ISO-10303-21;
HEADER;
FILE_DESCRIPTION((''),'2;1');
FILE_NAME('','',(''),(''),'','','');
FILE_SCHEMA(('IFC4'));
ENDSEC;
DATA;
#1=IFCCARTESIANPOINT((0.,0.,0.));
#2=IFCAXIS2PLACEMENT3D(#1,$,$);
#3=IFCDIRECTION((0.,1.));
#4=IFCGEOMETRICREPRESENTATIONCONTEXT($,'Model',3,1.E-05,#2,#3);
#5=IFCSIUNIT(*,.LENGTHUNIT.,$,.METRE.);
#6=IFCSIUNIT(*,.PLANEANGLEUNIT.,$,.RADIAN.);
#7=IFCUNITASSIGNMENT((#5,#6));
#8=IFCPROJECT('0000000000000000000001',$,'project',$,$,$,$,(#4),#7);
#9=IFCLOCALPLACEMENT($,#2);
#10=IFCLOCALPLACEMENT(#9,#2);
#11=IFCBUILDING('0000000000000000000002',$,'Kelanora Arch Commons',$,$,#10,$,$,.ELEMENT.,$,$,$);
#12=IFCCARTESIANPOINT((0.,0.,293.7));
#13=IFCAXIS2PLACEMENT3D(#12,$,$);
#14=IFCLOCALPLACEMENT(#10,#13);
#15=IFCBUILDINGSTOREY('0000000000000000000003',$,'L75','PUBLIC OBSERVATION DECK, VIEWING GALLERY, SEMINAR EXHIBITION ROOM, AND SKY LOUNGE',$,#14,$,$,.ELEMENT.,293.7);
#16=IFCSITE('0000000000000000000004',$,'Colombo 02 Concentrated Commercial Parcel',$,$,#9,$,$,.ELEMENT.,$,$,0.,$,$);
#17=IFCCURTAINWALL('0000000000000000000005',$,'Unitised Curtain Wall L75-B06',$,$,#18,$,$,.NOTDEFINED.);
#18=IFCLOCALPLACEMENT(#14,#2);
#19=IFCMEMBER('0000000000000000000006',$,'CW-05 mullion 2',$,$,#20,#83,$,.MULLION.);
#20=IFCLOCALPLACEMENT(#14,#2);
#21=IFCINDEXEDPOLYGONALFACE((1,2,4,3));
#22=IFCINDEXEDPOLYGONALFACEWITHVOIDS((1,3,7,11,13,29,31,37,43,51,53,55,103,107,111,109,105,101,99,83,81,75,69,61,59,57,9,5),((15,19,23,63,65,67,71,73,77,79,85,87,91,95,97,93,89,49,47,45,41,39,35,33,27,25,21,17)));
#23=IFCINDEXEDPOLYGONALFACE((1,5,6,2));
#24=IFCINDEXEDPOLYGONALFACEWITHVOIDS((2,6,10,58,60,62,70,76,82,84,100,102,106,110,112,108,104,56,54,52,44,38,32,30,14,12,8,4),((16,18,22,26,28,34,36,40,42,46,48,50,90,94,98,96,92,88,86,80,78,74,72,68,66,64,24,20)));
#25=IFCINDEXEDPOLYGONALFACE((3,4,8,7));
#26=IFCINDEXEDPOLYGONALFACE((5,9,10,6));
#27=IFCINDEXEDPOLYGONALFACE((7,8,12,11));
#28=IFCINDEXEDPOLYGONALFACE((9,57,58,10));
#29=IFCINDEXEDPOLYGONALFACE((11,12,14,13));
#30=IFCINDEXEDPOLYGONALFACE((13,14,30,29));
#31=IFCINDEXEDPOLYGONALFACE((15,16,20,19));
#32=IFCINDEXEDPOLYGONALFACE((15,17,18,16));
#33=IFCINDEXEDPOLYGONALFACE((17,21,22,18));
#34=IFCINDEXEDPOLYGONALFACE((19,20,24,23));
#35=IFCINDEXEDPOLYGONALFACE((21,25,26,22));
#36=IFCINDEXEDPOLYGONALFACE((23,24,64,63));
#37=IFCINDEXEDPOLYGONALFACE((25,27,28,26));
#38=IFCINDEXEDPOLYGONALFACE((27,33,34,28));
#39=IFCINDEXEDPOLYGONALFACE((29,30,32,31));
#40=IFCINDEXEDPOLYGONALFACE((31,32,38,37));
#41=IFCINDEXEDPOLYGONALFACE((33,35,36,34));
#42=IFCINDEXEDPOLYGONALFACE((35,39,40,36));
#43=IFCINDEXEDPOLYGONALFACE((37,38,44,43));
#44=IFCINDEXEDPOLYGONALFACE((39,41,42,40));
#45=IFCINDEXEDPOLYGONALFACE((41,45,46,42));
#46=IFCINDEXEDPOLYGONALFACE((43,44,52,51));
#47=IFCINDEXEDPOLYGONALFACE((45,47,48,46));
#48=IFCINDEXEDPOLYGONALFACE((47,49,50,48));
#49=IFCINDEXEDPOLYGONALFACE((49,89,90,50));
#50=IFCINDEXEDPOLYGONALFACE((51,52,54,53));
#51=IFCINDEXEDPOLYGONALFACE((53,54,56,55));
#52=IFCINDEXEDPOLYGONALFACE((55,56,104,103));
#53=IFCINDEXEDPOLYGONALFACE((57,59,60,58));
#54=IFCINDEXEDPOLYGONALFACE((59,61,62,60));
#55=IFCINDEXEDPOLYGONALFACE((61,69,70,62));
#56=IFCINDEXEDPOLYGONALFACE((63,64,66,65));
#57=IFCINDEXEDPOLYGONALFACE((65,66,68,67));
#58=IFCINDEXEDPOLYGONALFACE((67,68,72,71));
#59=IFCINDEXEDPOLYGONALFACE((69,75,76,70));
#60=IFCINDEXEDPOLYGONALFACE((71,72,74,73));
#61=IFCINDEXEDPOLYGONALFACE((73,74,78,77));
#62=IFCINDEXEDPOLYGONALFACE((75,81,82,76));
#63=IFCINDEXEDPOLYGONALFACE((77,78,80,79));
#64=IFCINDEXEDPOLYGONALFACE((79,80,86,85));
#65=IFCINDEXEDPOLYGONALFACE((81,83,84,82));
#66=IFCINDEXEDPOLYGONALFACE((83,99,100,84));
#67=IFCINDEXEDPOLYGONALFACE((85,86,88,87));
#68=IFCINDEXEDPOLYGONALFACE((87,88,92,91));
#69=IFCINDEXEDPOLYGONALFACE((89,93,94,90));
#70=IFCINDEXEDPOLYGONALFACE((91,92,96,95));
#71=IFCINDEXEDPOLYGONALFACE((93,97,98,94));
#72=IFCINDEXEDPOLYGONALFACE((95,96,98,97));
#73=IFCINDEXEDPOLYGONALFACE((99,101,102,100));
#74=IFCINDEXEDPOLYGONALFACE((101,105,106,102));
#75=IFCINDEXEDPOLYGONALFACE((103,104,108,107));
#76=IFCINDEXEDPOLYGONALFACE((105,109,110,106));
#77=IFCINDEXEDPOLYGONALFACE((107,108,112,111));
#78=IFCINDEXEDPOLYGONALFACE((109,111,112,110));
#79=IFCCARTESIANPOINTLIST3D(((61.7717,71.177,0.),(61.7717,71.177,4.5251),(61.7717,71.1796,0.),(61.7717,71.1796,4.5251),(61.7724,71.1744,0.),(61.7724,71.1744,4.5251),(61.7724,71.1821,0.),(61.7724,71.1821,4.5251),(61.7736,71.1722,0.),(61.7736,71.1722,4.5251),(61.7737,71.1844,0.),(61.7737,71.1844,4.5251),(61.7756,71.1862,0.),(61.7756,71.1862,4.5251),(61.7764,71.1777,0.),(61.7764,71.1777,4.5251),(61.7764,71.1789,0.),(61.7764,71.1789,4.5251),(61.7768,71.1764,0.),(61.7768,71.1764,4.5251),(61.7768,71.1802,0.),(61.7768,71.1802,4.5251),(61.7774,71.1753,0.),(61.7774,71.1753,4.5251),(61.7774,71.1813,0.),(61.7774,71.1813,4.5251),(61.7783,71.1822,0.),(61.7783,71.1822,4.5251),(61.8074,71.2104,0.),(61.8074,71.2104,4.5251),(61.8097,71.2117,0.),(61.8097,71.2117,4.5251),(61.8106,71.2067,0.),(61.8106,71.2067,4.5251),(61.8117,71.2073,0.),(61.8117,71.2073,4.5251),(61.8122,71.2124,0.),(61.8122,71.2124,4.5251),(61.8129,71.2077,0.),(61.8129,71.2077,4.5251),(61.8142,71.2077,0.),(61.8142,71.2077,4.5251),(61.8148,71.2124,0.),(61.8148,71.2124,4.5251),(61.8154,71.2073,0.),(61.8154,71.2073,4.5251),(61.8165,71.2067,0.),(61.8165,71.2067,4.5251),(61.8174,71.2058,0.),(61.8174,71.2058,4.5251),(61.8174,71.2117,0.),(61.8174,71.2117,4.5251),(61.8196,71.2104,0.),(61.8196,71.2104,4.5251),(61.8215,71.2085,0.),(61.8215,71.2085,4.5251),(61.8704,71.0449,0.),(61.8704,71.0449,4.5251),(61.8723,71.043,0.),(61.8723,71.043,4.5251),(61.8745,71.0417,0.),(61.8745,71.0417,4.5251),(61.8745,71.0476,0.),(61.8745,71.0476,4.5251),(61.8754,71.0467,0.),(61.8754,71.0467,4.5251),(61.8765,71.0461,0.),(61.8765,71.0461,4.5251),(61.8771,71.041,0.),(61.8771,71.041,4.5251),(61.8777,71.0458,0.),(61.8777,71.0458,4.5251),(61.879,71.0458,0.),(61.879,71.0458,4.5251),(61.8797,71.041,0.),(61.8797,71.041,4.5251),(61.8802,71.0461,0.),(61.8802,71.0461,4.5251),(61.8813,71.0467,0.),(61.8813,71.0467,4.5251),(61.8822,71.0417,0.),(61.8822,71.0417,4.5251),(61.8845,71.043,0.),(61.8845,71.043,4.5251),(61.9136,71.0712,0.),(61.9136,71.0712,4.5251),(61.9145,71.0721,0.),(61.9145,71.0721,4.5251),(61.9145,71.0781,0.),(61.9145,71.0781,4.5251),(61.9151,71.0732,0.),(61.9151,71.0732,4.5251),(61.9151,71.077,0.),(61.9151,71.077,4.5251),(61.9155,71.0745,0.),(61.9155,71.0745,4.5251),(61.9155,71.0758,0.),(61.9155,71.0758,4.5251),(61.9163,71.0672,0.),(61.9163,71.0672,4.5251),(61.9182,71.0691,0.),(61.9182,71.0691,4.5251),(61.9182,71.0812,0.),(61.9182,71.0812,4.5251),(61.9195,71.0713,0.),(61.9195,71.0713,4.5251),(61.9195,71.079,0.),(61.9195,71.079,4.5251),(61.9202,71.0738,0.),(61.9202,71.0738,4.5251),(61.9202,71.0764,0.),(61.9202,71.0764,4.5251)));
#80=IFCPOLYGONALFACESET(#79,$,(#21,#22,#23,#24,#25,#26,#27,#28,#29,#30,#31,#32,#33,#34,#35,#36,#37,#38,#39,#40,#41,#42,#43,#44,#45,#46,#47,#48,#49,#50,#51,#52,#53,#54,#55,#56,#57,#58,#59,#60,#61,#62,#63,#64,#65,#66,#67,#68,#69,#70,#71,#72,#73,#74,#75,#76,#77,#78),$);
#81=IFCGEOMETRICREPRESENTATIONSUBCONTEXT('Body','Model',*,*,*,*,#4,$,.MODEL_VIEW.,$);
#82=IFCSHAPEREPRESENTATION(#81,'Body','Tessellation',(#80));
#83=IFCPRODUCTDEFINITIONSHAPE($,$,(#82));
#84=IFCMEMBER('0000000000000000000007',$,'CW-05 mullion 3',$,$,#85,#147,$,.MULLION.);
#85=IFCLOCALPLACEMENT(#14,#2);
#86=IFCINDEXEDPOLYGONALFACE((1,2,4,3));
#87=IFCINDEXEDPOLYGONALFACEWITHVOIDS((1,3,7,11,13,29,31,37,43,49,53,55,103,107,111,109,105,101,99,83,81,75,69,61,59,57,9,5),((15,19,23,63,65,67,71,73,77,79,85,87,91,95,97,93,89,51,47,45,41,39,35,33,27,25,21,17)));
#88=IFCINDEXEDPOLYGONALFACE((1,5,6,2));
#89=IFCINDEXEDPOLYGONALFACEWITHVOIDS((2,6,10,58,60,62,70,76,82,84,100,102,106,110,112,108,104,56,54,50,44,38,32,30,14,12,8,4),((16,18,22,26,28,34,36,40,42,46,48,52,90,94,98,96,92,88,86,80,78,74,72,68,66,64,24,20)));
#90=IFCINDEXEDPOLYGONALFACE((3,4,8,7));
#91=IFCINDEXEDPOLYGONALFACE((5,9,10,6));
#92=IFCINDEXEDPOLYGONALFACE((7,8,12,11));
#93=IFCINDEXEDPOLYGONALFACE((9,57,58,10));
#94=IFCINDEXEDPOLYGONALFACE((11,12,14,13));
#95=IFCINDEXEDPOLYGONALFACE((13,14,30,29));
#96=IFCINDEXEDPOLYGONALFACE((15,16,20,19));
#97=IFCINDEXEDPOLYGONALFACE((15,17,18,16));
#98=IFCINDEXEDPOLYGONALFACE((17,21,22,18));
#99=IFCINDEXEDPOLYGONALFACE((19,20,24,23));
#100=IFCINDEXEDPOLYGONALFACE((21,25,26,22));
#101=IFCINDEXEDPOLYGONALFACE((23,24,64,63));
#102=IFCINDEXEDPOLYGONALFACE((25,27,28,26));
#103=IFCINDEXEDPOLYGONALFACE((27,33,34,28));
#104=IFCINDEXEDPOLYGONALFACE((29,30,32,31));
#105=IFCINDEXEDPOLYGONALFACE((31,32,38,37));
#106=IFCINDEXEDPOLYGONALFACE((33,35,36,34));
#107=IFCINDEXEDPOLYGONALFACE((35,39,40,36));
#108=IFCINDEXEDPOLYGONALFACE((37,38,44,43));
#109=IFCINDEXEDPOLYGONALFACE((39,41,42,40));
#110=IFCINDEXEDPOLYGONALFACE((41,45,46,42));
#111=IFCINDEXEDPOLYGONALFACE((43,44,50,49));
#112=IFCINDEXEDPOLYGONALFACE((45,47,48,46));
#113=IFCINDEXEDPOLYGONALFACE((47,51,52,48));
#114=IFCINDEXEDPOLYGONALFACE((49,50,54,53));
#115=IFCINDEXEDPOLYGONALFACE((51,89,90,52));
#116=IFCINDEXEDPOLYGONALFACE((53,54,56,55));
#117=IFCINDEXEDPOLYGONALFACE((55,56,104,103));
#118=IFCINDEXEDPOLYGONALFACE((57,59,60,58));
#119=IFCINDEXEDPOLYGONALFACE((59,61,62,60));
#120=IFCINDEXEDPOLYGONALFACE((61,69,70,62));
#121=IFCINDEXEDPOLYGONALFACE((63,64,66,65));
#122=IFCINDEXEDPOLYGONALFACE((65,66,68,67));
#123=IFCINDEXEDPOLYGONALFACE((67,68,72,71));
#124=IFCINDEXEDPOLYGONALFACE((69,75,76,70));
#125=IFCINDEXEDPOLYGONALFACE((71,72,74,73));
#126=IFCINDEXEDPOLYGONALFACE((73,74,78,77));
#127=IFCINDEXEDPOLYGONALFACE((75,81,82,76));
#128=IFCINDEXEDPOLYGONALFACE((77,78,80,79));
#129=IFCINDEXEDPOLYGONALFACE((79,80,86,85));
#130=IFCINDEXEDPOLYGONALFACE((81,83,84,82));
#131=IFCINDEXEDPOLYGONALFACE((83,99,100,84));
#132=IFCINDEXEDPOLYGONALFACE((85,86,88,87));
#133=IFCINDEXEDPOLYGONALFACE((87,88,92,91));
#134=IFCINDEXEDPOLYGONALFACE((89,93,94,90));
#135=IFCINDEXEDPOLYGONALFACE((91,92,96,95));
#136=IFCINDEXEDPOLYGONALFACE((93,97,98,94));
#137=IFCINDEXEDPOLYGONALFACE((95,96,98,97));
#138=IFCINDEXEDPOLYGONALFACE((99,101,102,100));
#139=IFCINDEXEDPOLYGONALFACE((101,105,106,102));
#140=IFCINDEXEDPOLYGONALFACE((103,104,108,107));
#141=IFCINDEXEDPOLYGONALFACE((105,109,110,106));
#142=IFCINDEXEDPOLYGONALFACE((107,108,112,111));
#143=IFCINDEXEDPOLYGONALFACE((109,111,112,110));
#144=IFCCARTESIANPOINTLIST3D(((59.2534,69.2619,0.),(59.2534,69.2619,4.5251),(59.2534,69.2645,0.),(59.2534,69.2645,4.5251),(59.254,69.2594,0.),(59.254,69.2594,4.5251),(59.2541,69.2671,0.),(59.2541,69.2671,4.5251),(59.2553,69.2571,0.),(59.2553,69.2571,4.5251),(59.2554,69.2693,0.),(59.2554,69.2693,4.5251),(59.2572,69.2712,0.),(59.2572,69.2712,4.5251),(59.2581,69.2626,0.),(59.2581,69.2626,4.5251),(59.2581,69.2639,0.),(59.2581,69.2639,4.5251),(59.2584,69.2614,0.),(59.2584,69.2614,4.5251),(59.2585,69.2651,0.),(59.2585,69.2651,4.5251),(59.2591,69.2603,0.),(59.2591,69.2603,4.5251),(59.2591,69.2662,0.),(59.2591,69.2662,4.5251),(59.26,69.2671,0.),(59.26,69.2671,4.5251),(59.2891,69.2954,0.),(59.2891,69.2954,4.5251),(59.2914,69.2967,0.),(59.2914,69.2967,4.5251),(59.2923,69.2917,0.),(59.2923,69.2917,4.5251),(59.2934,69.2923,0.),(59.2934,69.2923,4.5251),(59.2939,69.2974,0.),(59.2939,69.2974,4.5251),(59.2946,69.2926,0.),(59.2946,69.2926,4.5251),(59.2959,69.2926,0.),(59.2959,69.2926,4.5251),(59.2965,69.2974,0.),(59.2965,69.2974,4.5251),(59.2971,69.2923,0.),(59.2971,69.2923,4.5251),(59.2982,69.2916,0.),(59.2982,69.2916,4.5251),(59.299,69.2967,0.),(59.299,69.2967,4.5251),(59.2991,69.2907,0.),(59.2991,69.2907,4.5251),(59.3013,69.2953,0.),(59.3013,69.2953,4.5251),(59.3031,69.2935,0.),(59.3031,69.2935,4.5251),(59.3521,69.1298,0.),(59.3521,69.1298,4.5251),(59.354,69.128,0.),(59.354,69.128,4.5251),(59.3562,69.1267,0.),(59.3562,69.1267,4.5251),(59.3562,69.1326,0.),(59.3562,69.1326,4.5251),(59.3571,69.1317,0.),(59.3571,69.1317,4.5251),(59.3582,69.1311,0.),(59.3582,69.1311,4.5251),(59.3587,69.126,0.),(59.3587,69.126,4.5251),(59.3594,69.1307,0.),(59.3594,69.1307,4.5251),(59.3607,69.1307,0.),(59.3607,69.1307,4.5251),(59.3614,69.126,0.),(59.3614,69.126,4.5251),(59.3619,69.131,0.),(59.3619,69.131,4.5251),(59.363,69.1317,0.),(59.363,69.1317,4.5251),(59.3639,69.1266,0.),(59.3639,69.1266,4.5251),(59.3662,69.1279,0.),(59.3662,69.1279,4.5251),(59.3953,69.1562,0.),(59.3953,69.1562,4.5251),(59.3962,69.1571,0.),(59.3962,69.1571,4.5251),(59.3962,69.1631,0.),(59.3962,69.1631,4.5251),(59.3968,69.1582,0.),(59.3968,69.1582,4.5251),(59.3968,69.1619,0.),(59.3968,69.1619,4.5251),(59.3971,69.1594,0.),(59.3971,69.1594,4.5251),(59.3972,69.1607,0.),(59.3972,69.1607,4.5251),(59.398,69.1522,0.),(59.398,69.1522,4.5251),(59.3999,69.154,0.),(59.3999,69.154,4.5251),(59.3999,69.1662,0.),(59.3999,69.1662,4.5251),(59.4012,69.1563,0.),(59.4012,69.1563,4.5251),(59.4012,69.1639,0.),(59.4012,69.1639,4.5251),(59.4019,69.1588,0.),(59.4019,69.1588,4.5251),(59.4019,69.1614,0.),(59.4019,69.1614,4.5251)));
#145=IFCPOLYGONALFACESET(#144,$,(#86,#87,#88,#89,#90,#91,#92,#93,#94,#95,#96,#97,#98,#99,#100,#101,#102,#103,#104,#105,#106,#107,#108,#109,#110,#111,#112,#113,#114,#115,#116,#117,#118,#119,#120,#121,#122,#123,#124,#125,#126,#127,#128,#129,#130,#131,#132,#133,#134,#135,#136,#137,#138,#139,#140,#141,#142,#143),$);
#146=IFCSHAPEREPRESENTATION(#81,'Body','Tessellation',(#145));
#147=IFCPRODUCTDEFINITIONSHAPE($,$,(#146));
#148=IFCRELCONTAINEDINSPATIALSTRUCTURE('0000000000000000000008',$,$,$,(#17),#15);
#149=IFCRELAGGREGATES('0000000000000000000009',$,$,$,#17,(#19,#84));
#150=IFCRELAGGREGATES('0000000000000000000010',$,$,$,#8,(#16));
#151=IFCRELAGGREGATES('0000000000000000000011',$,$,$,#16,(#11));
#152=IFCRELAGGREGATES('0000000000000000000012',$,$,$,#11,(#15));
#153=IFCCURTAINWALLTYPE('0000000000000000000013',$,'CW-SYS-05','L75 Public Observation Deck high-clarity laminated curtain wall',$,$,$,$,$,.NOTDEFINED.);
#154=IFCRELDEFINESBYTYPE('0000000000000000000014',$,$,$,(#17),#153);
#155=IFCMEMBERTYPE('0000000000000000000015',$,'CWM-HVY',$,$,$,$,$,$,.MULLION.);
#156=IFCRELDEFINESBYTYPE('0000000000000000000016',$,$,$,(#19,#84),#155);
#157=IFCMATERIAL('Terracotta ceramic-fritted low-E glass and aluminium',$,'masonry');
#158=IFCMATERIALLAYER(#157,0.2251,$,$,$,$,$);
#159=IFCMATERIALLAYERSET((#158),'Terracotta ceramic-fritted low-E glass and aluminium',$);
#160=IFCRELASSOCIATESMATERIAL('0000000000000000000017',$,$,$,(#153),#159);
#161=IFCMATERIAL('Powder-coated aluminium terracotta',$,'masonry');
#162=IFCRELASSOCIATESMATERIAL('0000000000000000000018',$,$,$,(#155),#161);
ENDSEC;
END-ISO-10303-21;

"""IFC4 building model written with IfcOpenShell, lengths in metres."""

from ifc_helpers import new_model, si_unit, direction, frame, origin, origin_2d, place, context, subcontext, project, spatial, hollow_rectangle, extrude, material, layer, layer_set, material_profile, profile_set, type_object, element, aggregate, save


model = new_model("IFC4")

# Units and contexts
model_context = context("Model", 3, precision=1e-05, world=origin(), true_north=direction((0.0, 1.0)))
body_context = subcontext(model_context, "Body", "Model", "MODEL_VIEW")
ifc_project = project(units=[si_unit("LENGTHUNIT", "METRE"), si_unit("PLANEANGLEUNIT", "RADIAN")], contexts=[model_context])

# Site, building, storey
site_placement = place(None, origin())
site = spatial("IfcSite", under=ifc_project, at=site_placement, Name="Colombo 02 Concentrated Commercial Parcel", CompositionType="ELEMENT", RefElevation=0.0)
building_placement = place(site_placement, origin())
building = spatial("IfcBuilding", under=site, at=building_placement, Name="Kelanora Arch Commons", CompositionType="ELEMENT")
storey_placement = place(building_placement, frame((0.0, 0.0, 293.7)))
storey = spatial("IfcBuildingStorey", under=building, at=storey_placement, Name="L75", Description="PUBLIC OBSERVATION DECK, VIEWING GALLERY, SEMINAR EXHIBITION ROOM, AND SKY LOUNGE", CompositionType="ELEMENT", Elevation=293.7)

# Curtain wall, members
ifc_material_1 = material(Name="Terracotta ceramic-fritted low-E glass and aluminium", Category="masonry")
ifc_layer_1 = layer(ifc_material_1, 0.2251)
ifc_layer_set_1 = layer_set([ifc_layer_1], Name="Terracotta ceramic-fritted low-E glass and aluminium")
curtain_wall_type = type_object("IfcCurtainWallType", Name="CW-SYS-05", Description="L75 Public Observation Deck high-clarity laminated curtain wall", PredefinedType="NOTDEFINED", material=ifc_layer_set_1)
curtain_wall_1_placement = place(storey_placement, origin())
curtain_wall_1 = element("IfcCurtainWall", 1, at=curtain_wall_1_placement, inside=storey, type_object=curtain_wall_type, Name="Unitised Curtain Wall L75-B06", PredefinedType="NOTDEFINED")
ifc_material_2 = material(Name="Powder-coated aluminium terracotta", Category="masonry")
ifc_material_profile_1 = material_profile(ifc_material_2, hollow_rectangle(XDim=0.1799, YDim=0.0601, WallThickness=0.0049, InnerFilletRadius=0.0049, OuterFilletRadius=0.01, at=origin_2d()), Name="CWM180x60")
ifc_profile_set_1 = profile_set([ifc_material_profile_1], Name="Powder-coated aluminium terracotta")
member_type_1 = type_object("IfcMemberType", Name="CWM-HVY", PredefinedType="MULLION", material=ifc_profile_set_1)
member_1_placement = place(storey_placement, frame((61.8459, 71.1267, 0.0), z_axis=(0.0, 0.0, 1.0), x_axis=(0.605285, -0.796009, 0.0)))
member_1 = element("IfcMember", 2, at=member_1_placement, type_object=member_type_1, Name="CW-05 mullion 2", PredefinedType="MULLION", context=body_context, shape_type="SweptSolid", body=[
    extrude(hollow_rectangle(XDim=0.1799, YDim=0.0601, WallThickness=0.0049, InnerFilletRadius=0.0049, OuterFilletRadius=0.01, at=origin_2d()), origin(), (0.0, 0.0, 1.0), 4.5251),
])
member_2_placement = place(storey_placement, frame((59.3276, 69.2117, 0.0), z_axis=(0.0, 0.0, 1.0), x_axis=(0.605285, -0.796009, 0.0)))
member_2 = element("IfcMember", 3, at=member_2_placement, type_object=member_type_1, Name="CW-05 mullion 3", PredefinedType="MULLION", context=body_context, shape_type="SweptSolid", body=[
    extrude(hollow_rectangle(XDim=0.1799, YDim=0.0601, WallThickness=0.0049, InnerFilletRadius=0.0049, OuterFilletRadius=0.01, at=origin_2d()), origin(), (0.0, 0.0, 1.0), 4.5251),
])

aggregate(curtain_wall_1, [member_1, member_2])

save(model, "model.ifc")
